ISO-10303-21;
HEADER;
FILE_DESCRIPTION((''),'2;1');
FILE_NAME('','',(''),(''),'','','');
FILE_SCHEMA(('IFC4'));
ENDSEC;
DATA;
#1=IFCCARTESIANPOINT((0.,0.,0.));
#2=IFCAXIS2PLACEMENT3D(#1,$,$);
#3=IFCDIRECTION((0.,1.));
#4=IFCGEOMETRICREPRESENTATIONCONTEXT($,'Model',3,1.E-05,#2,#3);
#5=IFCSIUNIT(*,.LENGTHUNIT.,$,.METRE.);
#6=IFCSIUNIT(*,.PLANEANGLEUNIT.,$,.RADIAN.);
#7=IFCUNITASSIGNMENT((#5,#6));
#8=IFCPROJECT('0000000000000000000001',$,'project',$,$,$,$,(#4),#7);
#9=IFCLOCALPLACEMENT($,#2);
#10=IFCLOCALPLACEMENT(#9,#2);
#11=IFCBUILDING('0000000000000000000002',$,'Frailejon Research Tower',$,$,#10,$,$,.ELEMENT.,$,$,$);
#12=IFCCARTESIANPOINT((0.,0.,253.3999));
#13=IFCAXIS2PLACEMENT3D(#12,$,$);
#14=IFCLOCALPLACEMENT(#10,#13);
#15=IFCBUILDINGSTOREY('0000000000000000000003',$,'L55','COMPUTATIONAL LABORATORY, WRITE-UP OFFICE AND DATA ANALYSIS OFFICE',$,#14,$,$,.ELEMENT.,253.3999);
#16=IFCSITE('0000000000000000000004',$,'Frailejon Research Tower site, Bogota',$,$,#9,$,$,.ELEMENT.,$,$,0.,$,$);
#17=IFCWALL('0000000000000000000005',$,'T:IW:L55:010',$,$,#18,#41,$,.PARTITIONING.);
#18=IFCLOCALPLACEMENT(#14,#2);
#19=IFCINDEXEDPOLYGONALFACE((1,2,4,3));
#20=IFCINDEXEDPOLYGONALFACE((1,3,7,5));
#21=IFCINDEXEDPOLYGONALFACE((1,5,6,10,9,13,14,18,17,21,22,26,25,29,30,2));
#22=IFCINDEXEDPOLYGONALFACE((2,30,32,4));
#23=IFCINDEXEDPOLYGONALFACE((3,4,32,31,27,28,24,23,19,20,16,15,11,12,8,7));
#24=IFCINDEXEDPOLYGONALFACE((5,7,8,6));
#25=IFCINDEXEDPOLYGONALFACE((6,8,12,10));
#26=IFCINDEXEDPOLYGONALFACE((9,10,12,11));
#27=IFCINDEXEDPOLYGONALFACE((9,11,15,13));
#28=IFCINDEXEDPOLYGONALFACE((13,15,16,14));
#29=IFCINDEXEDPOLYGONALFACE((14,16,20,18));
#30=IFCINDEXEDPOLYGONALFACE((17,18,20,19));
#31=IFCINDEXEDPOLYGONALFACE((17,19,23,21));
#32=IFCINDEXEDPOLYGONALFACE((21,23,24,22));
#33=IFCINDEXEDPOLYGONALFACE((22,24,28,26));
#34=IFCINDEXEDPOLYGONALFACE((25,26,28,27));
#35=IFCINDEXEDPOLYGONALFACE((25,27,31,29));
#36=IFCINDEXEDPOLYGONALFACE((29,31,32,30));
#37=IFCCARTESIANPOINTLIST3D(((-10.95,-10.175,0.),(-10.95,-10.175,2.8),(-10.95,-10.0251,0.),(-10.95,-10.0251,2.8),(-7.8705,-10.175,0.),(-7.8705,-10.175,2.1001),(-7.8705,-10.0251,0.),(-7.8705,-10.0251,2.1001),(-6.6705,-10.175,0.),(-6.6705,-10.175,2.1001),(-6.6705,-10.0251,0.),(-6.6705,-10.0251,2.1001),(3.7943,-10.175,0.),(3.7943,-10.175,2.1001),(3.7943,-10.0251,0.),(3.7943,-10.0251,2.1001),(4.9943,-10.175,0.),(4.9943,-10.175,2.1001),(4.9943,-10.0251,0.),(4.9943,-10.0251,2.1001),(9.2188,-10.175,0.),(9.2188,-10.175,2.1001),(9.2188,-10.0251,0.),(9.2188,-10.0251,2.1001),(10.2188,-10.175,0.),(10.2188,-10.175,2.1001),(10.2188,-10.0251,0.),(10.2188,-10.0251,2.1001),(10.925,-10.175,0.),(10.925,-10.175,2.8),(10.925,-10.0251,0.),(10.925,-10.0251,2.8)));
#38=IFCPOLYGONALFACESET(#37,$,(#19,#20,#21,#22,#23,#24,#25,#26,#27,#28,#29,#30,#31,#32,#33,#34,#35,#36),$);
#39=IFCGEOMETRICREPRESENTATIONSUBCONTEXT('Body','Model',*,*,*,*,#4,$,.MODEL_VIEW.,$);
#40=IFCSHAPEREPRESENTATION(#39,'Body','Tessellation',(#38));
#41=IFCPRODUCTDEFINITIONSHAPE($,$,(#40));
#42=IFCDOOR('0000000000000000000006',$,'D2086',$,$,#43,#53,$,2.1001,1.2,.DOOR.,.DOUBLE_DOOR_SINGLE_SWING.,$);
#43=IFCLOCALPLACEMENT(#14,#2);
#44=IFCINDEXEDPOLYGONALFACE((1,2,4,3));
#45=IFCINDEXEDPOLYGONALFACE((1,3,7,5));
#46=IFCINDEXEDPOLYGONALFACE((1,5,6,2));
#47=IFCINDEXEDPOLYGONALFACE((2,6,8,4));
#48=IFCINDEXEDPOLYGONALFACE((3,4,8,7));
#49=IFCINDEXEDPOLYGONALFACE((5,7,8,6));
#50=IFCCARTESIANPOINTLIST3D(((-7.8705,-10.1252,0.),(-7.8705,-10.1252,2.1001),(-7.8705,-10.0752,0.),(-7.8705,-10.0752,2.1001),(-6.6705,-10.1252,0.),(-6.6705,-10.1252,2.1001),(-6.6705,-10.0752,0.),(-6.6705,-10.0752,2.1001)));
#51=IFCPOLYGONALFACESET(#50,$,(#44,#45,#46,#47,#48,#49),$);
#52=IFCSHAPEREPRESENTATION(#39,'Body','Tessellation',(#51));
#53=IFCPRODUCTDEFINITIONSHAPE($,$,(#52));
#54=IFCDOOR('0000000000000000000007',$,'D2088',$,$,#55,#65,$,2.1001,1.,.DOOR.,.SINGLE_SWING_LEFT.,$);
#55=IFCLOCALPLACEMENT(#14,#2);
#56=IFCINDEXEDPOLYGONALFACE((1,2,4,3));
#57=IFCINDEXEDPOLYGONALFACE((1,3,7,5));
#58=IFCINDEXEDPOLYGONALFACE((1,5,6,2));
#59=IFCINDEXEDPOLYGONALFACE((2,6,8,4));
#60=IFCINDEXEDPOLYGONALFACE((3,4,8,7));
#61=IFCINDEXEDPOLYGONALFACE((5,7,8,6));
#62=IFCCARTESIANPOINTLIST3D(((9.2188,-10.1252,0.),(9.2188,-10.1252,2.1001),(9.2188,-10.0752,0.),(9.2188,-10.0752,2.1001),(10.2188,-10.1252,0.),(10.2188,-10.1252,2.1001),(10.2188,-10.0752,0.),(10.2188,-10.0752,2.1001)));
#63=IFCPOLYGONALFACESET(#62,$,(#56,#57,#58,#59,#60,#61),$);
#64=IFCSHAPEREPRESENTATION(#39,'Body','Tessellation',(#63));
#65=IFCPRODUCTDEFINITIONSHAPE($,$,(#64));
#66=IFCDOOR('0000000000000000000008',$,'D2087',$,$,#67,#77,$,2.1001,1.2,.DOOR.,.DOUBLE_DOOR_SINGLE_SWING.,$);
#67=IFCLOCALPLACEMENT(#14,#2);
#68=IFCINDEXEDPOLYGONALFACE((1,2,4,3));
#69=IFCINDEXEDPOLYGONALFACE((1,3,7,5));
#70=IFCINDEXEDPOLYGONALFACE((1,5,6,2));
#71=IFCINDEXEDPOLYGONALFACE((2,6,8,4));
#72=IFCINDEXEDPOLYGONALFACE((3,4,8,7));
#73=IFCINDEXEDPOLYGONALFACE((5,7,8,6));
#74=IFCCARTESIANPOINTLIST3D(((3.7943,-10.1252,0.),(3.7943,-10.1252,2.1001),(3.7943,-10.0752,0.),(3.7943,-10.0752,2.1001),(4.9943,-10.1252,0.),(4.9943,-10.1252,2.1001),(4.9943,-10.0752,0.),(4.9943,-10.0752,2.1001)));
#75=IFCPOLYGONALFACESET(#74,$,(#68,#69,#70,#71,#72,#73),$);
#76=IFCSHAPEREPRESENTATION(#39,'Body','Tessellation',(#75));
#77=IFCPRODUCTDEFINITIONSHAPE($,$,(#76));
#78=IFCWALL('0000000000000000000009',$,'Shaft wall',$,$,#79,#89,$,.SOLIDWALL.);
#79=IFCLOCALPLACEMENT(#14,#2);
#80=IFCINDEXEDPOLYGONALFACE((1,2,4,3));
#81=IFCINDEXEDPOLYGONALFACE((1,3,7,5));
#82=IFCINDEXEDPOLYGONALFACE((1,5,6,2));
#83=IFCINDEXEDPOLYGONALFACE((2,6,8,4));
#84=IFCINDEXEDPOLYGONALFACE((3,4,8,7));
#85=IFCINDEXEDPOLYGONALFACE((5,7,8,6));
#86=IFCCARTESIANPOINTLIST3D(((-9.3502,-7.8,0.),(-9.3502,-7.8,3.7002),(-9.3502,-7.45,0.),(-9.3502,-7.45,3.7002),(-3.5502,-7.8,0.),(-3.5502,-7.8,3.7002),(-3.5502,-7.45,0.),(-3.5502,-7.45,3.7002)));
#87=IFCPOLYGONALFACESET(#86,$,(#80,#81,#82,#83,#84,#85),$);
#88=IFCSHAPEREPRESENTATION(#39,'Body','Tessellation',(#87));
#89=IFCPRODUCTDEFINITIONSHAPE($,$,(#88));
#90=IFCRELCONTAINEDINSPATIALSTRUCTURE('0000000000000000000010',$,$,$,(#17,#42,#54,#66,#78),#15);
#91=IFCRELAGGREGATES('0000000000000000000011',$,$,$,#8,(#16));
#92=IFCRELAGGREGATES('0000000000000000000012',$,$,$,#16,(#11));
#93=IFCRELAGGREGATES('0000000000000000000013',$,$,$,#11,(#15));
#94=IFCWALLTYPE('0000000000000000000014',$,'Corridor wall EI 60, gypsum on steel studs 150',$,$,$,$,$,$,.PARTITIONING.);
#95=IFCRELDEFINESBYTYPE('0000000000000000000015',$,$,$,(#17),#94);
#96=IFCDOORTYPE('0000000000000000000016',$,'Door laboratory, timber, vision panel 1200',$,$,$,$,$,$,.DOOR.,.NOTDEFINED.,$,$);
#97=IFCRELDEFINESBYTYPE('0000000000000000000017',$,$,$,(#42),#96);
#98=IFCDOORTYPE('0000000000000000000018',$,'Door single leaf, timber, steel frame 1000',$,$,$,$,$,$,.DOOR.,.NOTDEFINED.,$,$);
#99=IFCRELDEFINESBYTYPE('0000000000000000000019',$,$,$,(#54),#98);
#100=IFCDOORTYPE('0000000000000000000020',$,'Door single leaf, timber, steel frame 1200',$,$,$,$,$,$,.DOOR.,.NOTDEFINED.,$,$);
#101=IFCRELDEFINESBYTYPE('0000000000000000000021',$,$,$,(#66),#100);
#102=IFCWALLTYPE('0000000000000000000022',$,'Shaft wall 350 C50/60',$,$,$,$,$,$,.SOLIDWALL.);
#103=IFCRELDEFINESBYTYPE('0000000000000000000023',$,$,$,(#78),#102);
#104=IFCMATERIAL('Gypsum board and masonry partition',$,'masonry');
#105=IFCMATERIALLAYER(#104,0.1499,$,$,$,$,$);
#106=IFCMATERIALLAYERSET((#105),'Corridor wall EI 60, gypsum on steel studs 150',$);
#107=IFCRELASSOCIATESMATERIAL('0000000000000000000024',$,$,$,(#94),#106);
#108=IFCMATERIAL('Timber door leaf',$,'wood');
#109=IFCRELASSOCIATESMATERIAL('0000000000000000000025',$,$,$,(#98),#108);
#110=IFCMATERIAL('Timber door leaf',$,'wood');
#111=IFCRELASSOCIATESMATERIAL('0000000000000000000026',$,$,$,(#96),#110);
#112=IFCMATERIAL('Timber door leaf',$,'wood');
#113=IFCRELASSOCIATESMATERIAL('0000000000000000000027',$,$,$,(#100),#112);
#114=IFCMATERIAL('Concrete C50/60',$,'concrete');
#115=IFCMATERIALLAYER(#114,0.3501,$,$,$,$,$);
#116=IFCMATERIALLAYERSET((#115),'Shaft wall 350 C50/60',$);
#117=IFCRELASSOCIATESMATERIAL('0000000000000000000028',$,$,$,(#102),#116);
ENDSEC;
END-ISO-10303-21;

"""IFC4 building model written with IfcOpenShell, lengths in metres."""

from ifc_helpers import new_model, si_unit, direction, frame, frame_2d, origin, place, context, subcontext, project, spatial, rectangle, extrude, material, layer, layer_set, type_object, element, fill, save


model = new_model("IFC4")

# Units and contexts
model_context = context("Model", 3, precision=1e-05, world=origin(), true_north=direction((0.0, 1.0)))
body_context = subcontext(model_context, "Body", "Model", "MODEL_VIEW")
ifc_project = project(units=[si_unit("LENGTHUNIT", "METRE"), si_unit("PLANEANGLEUNIT", "RADIAN")], contexts=[model_context])

# Site, building, storey
site_placement = place(None, origin())
site = spatial("IfcSite", under=ifc_project, at=site_placement, Name="Frailejon Research Tower site, Bogota", CompositionType="ELEMENT", RefElevation=0.0)
building_placement = place(site_placement, origin())
building = spatial("IfcBuilding", under=site, at=building_placement, Name="Frailejon Research Tower", CompositionType="ELEMENT")
storey_placement = place(building_placement, frame((0.0, 0.0, 253.3999)))
storey = spatial("IfcBuildingStorey", under=building, at=storey_placement, Name="L55", Description="COMPUTATIONAL LABORATORY, WRITE-UP OFFICE AND DATA ANALYSIS OFFICE", CompositionType="ELEMENT", Elevation=253.3999)

# Shared definitions
ifc_material_1 = material(Name="Gypsum board and masonry partition", Category="masonry")
ifc_layer_1 = layer(ifc_material_1, 0.1499)
ifc_layer_set_1 = layer_set([ifc_layer_1], Name="Corridor wall EI 60, gypsum on steel studs 150")
wall_type_1 = type_object("IfcWallType", Name="Corridor wall EI 60, gypsum on steel studs 150", PredefinedType="PARTITIONING", material=ifc_layer_set_1)
ifc_material_2 = material(Name="Timber door leaf", Category="wood")
door_type_1 = type_object("IfcDoorType", Name="Door single leaf, timber, steel frame 1000", OperationType="NOTDEFINED", PredefinedType="DOOR", material=ifc_material_2)

# Wall, openings, doors
wall_1_placement = place(storey_placement, frame((-10.95, -10.1001, 0.0), z_axis=(0.0, 0.0, 1.0), x_axis=(1.0, 0.0, 0.0)))
wall_1 = element("IfcWall", 1, at=wall_1_placement, inside=storey, type_object=wall_type_1, Name="T:IW:L55:010", PredefinedType="PARTITIONING", context=body_context, shape_type="SweptSolid", body=[
    extrude(rectangle(XDim=21.875, YDim=0.1499, at=frame_2d((10.9375, 0.0))), origin(), (0.0, 0.0, 1.0), 2.8),
])
opening_1_placement = place(wall_1_placement, frame((3.0793, 0.0, 0.0)))
opening_1 = element("IfcOpeningElement", 2, at=opening_1_placement, cuts=wall_1, PredefinedType="OPENING", context=body_context, shape_type="SweptSolid", body=[
    extrude(rectangle(XDim=1.2, YDim=2.1001, at=frame_2d((0.6001, 1.05))), frame((0.0, 0.085, 0.0), z_axis=(0.0, -1.0, 0.0), x_axis=(1.0, 0.0, 0.0)), (0.0, 0.0, 1.0), 0.1699),
])
opening_2_placement = place(wall_1_placement, frame((14.7441, 0.0, 0.0)))
opening_2 = element("IfcOpeningElement", 3, at=opening_2_placement, cuts=wall_1, PredefinedType="OPENING", context=body_context, shape_type="SweptSolid", body=[
    extrude(rectangle(XDim=1.2, YDim=2.1001, at=frame_2d((0.6001, 1.05))), frame((0.0, 0.085, 0.0), z_axis=(0.0, -1.0, 0.0), x_axis=(1.0, 0.0, 0.0)), (0.0, 0.0, 1.0), 0.1699),
])
opening_3_placement = place(wall_1_placement, frame((20.1687, 0.0, 0.0)))
opening_3 = element("IfcOpeningElement", 4, at=opening_3_placement, cuts=wall_1, PredefinedType="OPENING", context=body_context, shape_type="SweptSolid", body=[
    extrude(rectangle(XDim=1.0, YDim=2.1001, at=frame_2d((0.5, 1.05))), frame((0.0, 0.085, 0.0), z_axis=(0.0, -1.0, 0.0), x_axis=(1.0, 0.0, 0.0)), (0.0, 0.0, 1.0), 0.1699),
])
ifc_material_3 = material(Name="Timber door leaf", Category="wood")
door_type_2 = type_object("IfcDoorType", Name="Door laboratory, timber, vision panel 1200", OperationType="NOTDEFINED", PredefinedType="DOOR", material=ifc_material_3)
door_1_placement = place(opening_1_placement, origin())
door_1 = element("IfcDoor", 5, at=door_1_placement, inside=storey, type_object=door_type_2, Name="D2086", OperationType="DOUBLE_DOOR_SINGLE_SWING", OverallHeight=2.1001, OverallWidth=1.2, PredefinedType="DOOR", context=body_context, shape_type="SweptSolid", body=[
    extrude(rectangle(XDim=1.2, YDim=2.1001, at=frame_2d((0.6001, 1.05))), frame((0.0, 0.0249, 0.0), z_axis=(0.0, -1.0, 0.0), x_axis=(1.0, 0.0, 0.0)), (0.0, 0.0, 1.0), 0.05),
])
fill(opening_1, door_1)
door_2_placement = place(opening_3_placement, origin())
door_2 = element("IfcDoor", 6, at=door_2_placement, inside=storey, type_object=door_type_1, Name="D2088", OperationType="SINGLE_SWING_LEFT", OverallHeight=2.1001, OverallWidth=1.0, PredefinedType="DOOR", context=body_context, shape_type="SweptSolid", body=[
    extrude(rectangle(XDim=1.0, YDim=2.1001, at=frame_2d((0.5, 1.05))), frame((0.0, 0.0249, 0.0), z_axis=(0.0, -1.0, 0.0), x_axis=(1.0, 0.0, 0.0)), (0.0, 0.0, 1.0), 0.05),
])
fill(opening_3, door_2)
ifc_material_4 = material(Name="Timber door leaf", Category="wood")
door_type_3 = type_object("IfcDoorType", Name="Door single leaf, timber, steel frame 1200", OperationType="NOTDEFINED", PredefinedType="DOOR", material=ifc_material_4)
door_3_placement = place(opening_2_placement, origin())
door_3 = element("IfcDoor", 7, at=door_3_placement, inside=storey, type_object=door_type_3, Name="D2087", OperationType="DOUBLE_DOOR_SINGLE_SWING", OverallHeight=2.1001, OverallWidth=1.2, PredefinedType="DOOR", context=body_context, shape_type="SweptSolid", body=[
    extrude(rectangle(XDim=1.2, YDim=2.1001, at=frame_2d((0.6001, 1.05))), frame((0.0, 0.0249, 0.0), z_axis=(0.0, -1.0, 0.0), x_axis=(1.0, 0.0, 0.0)), (0.0, 0.0, 1.0), 0.05),
])
fill(opening_2, door_3)

# Wall
ifc_material_5 = material(Name="Concrete C50/60", Category="concrete")
ifc_layer_2 = layer(ifc_material_5, 0.3501)
ifc_layer_set_2 = layer_set([ifc_layer_2], Name="Shaft wall 350 C50/60")
wall_type_2 = type_object("IfcWallType", Name="Shaft wall 350 C50/60", PredefinedType="SOLIDWALL", material=ifc_layer_set_2)
wall_2_placement = place(storey_placement, frame((-9.3501, -7.625, 0.0), z_axis=(0.0, 0.0, 1.0), x_axis=(1.0, 0.0, 0.0)))
element("IfcWall", 8, at=wall_2_placement, inside=storey, type_object=wall_type_2, Name="Shaft wall", PredefinedType="SOLIDWALL", context=body_context, shape_type="SweptSolid", body=[
    extrude(rectangle(XDim=5.8, YDim=0.3501, at=frame_2d((2.8999, 0.0))), origin(), (0.0, 0.0, 1.0), 3.7002),
])

save(model, "model.ifc")
